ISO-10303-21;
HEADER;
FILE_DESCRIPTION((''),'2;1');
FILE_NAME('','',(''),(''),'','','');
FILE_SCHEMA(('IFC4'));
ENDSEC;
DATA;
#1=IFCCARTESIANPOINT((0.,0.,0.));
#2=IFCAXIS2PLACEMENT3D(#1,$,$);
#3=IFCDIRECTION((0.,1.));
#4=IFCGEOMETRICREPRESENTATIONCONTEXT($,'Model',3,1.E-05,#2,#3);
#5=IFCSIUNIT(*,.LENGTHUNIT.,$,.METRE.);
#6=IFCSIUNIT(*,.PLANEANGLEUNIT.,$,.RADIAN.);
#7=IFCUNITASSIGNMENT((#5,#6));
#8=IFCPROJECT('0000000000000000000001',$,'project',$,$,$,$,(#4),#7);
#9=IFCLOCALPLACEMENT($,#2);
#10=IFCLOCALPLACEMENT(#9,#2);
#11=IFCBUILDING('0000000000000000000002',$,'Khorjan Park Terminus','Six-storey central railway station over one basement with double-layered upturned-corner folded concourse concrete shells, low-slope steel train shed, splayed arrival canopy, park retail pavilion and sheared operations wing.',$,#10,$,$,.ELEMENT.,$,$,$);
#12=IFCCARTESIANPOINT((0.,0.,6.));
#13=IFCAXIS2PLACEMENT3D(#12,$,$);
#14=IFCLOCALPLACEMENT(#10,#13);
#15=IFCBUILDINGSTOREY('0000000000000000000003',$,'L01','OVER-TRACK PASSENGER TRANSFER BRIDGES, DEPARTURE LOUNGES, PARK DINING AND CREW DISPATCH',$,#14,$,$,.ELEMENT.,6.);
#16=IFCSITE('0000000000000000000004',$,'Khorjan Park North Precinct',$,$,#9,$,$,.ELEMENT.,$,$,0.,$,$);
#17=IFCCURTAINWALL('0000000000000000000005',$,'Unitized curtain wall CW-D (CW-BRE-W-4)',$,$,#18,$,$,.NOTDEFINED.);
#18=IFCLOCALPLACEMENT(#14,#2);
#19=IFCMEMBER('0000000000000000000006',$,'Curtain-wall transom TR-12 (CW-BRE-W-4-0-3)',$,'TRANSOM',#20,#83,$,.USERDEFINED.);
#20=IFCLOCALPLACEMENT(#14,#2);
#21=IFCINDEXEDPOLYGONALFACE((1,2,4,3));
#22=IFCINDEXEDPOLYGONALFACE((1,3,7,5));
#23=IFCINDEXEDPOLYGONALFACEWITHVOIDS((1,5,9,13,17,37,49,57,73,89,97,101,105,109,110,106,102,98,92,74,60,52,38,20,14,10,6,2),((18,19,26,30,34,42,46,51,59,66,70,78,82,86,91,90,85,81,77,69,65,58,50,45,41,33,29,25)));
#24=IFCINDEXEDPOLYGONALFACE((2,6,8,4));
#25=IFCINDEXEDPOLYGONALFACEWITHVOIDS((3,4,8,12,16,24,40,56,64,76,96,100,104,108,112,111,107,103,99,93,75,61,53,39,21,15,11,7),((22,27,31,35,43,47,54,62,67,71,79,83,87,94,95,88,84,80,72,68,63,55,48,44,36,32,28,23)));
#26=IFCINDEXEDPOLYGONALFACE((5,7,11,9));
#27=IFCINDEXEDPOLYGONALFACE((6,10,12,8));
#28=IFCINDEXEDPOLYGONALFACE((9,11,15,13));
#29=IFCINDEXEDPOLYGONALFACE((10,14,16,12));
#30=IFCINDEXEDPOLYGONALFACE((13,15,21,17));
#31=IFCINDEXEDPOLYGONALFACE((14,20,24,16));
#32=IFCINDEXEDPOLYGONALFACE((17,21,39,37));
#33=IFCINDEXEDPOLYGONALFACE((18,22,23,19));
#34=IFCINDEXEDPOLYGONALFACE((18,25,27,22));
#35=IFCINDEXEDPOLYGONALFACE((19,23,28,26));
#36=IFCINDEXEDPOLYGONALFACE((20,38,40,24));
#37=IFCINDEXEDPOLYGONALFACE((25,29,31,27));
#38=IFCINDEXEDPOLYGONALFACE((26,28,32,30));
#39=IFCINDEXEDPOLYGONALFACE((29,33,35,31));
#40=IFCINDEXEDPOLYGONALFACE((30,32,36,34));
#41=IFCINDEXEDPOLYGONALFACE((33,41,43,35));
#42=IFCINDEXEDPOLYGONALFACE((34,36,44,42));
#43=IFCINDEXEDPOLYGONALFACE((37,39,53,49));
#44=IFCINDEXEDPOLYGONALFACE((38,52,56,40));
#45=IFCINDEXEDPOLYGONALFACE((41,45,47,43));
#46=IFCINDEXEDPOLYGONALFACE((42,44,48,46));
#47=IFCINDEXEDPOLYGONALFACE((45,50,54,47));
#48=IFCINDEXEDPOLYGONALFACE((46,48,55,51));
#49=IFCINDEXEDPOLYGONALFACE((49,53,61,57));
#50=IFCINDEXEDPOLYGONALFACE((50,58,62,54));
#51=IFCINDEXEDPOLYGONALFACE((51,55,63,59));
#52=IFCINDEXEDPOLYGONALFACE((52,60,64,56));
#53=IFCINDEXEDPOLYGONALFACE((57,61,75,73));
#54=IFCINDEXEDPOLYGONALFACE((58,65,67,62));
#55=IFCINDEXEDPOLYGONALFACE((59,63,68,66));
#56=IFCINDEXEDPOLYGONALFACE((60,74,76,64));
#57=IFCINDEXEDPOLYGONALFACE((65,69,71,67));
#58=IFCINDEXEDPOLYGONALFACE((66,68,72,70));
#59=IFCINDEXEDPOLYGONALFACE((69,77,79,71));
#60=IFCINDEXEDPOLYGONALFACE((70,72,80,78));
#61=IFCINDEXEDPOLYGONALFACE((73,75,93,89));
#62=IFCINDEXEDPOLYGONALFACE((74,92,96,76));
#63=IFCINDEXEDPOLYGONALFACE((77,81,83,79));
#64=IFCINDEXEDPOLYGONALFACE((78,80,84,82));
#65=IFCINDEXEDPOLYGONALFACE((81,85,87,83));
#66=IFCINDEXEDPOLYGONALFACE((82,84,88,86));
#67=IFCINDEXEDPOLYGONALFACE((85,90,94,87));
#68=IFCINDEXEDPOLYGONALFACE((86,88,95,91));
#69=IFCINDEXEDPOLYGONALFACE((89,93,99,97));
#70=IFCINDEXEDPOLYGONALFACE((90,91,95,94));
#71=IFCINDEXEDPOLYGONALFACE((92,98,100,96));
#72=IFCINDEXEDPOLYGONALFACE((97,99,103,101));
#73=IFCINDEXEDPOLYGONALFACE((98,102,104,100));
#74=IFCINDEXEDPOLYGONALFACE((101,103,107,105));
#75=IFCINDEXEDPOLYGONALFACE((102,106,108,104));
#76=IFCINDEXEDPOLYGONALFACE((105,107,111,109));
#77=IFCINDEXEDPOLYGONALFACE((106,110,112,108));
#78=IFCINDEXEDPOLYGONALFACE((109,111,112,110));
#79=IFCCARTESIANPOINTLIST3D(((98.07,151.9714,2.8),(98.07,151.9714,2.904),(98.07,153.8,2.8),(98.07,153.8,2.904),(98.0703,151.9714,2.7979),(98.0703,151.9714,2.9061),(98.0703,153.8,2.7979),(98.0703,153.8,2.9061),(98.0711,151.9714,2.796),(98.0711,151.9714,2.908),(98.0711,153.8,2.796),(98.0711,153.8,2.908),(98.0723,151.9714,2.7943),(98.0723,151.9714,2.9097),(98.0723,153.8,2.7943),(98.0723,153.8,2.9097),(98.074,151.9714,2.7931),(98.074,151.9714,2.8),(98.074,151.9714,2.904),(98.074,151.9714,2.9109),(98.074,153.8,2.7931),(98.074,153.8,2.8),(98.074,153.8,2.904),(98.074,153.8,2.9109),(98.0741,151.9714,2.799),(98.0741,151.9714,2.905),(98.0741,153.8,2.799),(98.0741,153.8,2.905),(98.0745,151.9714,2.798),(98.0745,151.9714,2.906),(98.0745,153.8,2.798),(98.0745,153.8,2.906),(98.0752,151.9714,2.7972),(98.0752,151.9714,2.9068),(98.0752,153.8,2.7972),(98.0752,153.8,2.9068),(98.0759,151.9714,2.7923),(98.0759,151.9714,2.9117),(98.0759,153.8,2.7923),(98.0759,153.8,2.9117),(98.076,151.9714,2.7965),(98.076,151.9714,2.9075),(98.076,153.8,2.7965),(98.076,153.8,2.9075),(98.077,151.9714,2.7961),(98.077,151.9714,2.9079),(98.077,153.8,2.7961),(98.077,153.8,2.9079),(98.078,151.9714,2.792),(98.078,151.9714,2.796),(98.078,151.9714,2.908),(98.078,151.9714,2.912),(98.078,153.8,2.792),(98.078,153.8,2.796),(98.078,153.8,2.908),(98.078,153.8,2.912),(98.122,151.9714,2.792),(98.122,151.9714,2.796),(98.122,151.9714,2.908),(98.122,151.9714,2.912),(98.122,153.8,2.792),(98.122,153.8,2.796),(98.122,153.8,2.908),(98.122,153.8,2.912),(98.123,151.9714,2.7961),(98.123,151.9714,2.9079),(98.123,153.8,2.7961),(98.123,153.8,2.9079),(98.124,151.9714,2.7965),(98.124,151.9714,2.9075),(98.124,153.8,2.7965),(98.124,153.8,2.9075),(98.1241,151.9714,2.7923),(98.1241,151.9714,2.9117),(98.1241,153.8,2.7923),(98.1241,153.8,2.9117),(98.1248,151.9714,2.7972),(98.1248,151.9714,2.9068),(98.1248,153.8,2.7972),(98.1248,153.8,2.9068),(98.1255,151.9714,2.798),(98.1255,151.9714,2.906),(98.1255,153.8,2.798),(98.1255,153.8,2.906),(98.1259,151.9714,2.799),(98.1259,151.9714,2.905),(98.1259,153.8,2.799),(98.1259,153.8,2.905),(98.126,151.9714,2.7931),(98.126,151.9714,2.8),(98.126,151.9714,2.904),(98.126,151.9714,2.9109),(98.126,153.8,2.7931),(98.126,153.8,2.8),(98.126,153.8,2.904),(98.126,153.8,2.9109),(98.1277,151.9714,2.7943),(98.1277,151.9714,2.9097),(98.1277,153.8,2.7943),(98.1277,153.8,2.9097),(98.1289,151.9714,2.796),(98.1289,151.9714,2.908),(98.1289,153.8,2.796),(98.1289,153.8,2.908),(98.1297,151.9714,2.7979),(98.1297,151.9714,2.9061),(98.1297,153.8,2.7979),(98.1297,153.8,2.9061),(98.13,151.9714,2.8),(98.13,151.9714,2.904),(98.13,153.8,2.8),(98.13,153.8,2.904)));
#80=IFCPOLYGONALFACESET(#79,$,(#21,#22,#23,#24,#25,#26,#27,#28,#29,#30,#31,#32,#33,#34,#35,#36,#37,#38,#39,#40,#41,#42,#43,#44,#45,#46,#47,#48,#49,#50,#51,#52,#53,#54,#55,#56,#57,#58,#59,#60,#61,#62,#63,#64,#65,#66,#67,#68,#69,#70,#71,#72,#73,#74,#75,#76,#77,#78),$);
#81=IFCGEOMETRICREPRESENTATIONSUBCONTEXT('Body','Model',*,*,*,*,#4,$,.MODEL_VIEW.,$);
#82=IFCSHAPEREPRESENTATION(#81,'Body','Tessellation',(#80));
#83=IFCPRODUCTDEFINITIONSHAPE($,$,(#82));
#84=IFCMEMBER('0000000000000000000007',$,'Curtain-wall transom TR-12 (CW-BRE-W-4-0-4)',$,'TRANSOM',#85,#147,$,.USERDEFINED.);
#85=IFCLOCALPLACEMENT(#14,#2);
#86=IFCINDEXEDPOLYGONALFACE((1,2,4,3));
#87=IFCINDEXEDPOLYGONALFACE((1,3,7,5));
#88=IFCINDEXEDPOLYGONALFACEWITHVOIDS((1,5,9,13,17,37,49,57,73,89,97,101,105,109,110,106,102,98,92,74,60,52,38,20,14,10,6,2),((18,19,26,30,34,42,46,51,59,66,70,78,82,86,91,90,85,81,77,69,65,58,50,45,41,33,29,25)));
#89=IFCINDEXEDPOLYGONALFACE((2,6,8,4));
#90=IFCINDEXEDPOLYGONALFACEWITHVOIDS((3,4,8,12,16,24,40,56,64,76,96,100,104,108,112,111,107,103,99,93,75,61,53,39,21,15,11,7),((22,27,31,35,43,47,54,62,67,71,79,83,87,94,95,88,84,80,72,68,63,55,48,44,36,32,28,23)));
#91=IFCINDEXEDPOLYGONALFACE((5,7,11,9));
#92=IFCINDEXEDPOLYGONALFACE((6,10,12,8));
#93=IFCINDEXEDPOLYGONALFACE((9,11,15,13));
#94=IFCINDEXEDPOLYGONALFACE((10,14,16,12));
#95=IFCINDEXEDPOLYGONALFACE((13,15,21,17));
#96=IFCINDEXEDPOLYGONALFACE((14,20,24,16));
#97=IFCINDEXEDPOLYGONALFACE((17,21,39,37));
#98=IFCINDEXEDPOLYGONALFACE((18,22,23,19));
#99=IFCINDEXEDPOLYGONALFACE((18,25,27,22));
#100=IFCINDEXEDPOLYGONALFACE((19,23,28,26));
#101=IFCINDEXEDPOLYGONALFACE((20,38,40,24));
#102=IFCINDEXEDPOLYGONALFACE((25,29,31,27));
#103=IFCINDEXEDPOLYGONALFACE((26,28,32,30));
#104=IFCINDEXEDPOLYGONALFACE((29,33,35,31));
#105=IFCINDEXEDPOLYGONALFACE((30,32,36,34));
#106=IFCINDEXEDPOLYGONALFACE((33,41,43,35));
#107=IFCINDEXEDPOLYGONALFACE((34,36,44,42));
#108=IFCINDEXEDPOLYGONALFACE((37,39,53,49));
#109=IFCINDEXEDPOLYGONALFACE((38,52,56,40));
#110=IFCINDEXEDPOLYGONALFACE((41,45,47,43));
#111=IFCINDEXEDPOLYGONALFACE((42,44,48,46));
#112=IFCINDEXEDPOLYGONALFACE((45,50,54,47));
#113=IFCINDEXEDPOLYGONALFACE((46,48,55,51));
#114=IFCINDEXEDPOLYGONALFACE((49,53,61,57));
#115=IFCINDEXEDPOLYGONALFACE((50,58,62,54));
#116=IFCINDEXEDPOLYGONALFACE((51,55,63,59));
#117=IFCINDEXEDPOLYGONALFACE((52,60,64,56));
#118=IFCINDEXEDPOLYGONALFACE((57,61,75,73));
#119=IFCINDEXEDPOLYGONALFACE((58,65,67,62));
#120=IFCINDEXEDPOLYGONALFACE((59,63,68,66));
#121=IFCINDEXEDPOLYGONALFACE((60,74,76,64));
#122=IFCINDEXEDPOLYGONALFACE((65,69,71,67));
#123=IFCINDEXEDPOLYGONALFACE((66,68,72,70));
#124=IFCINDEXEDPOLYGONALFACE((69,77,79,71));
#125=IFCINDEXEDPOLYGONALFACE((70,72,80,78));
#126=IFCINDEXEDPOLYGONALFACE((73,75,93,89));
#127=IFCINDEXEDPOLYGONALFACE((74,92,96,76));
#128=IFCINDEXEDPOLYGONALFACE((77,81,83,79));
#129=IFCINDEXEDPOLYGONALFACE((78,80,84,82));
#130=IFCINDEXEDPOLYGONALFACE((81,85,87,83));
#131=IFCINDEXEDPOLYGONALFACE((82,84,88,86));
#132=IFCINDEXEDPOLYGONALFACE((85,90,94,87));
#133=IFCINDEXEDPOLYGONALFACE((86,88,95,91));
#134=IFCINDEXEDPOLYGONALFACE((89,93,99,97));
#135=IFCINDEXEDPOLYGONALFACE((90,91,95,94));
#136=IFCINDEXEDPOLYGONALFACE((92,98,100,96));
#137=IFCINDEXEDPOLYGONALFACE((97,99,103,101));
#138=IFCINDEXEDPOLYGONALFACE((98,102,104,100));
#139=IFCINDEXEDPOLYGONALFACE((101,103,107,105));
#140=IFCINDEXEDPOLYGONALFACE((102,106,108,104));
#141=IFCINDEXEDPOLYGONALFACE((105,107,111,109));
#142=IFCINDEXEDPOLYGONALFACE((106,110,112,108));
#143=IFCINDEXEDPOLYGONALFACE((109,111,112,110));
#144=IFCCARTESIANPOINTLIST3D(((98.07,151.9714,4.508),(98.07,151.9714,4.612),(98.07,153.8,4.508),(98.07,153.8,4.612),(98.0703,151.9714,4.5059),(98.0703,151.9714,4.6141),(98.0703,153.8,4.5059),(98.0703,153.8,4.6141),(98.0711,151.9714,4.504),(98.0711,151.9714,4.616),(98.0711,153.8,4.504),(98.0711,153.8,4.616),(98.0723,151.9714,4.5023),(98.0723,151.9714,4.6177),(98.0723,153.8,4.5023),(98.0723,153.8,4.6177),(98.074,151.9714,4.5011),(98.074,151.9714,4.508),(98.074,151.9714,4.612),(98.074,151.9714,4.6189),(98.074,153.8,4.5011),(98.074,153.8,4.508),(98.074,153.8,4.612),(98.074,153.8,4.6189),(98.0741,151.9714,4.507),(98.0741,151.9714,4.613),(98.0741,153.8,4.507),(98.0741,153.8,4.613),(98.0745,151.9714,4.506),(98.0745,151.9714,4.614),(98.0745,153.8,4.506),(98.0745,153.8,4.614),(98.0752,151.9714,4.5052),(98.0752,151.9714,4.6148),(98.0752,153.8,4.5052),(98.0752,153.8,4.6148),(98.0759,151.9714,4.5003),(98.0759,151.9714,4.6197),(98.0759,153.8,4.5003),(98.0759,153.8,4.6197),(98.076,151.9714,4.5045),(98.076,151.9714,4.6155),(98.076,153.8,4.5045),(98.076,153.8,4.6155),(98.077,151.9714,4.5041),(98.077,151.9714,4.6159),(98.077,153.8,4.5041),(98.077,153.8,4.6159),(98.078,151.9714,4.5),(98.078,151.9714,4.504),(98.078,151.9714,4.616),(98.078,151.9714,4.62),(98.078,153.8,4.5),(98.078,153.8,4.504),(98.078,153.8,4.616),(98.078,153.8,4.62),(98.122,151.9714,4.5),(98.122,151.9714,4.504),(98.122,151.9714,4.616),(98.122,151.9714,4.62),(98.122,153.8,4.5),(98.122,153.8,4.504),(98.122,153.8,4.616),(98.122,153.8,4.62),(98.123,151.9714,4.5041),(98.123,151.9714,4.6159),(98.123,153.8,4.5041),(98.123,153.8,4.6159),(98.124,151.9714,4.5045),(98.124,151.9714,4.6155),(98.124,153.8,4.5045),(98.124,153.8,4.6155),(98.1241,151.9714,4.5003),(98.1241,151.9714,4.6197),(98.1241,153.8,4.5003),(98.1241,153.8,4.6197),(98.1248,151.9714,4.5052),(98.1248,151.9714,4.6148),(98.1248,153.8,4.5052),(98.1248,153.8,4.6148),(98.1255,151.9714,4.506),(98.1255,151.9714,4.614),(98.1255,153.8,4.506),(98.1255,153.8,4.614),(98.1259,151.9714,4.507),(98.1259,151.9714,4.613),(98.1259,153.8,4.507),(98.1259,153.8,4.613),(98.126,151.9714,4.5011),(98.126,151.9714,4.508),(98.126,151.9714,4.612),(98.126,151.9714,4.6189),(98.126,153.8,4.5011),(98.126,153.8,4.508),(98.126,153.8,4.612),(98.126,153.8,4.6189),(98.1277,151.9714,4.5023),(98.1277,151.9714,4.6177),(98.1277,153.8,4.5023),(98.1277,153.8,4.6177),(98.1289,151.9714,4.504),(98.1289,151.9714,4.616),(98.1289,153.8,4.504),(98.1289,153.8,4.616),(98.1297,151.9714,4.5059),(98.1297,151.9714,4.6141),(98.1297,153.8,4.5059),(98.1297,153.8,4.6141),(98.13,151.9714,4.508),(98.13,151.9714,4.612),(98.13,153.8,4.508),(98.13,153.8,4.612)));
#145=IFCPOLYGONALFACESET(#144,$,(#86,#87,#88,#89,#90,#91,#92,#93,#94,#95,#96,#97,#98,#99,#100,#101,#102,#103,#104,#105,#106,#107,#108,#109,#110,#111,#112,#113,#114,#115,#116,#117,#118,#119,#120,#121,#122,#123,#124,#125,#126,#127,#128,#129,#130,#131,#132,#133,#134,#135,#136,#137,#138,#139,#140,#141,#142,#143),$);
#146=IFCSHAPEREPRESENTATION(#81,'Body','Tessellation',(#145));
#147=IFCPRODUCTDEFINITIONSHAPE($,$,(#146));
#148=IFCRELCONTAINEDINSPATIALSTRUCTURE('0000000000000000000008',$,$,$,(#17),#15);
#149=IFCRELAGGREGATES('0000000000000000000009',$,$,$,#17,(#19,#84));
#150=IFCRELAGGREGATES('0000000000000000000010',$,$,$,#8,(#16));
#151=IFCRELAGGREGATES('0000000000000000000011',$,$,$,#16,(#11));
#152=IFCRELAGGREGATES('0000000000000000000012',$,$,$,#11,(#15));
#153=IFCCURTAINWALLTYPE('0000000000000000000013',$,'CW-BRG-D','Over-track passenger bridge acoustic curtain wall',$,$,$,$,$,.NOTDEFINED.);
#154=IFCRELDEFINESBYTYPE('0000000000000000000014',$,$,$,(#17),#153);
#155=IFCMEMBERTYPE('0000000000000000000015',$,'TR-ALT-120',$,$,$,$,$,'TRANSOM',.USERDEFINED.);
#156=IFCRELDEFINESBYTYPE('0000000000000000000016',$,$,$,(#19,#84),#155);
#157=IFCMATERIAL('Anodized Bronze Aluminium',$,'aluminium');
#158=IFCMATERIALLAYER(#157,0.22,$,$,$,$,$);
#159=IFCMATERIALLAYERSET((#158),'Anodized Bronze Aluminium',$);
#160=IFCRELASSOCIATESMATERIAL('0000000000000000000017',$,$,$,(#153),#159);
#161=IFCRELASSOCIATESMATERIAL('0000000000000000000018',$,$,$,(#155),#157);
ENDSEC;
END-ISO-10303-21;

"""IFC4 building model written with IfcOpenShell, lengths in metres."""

from ifc_helpers import new_model, si_unit, direction, frame, origin, origin_2d, place, context, subcontext, project, spatial, hollow_rectangle, extrude, material, layer, layer_set, material_profile, profile_set, type_object, element, aggregate, save


model = new_model("IFC4")

# Units and contexts
model_context = context("Model", 3, precision=1e-05, world=origin(), true_north=direction((0.0, 1.0)))
body_context = subcontext(model_context, "Body", "Model", "MODEL_VIEW")
ifc_project = project(units=[si_unit("LENGTHUNIT", "METRE"), si_unit("PLANEANGLEUNIT", "RADIAN")], contexts=[model_context])

# Site, building, storey
site_placement = place(None, origin())
site = spatial("IfcSite", under=ifc_project, at=site_placement, Name="Khorjan Park North Precinct", CompositionType="ELEMENT", RefElevation=0.0)
building_placement = place(site_placement, origin())
building = spatial("IfcBuilding", under=site, at=building_placement, Name="Khorjan Park Terminus", Description="Six-storey central railway station over one basement with double-layered upturned-corner folded concourse concrete shells, low-slope steel train shed, splayed arrival canopy, park retail pavilion and sheared operations wing.", CompositionType="ELEMENT")
storey_placement = place(building_placement, frame((0.0, 0.0, 6.0)))
storey = spatial("IfcBuildingStorey", under=building, at=storey_placement, Name="L01", Description="OVER-TRACK PASSENGER TRANSFER BRIDGES, DEPARTURE LOUNGES, PARK DINING AND CREW DISPATCH", CompositionType="ELEMENT", Elevation=6.0)

# Curtain wall, members
ifc_material_1 = material(Name="Anodized Bronze Aluminium", Category="aluminium")
ifc_layer_1 = layer(ifc_material_1, 0.22)
ifc_layer_set_1 = layer_set([ifc_layer_1], Name="Anodized Bronze Aluminium")
curtain_wall_type = type_object("IfcCurtainWallType", Name="CW-BRG-D", Description="Over-track passenger bridge acoustic curtain wall", PredefinedType="NOTDEFINED", material=ifc_layer_set_1)
curtain_wall_1_placement = place(storey_placement, origin())
curtain_wall_1 = element("IfcCurtainWall", 1, at=curtain_wall_1_placement, inside=storey, type_object=curtain_wall_type, Name="Unitized curtain wall CW-D (CW-BRE-W-4)", PredefinedType="NOTDEFINED")
ifc_material_profile_1 = material_profile(ifc_material_1, hollow_rectangle(XDim=0.06, YDim=0.12, WallThickness=0.004, InnerFilletRadius=0.004, OuterFilletRadius=0.008, at=origin_2d()), Name="ALT 60x120x4")
ifc_profile_set_1 = profile_set([ifc_material_profile_1], Name="Anodized Bronze Aluminium")
member_type_1 = type_object("IfcMemberType", Name="TR-ALT-120", ElementType="TRANSOM", PredefinedType="USERDEFINED", material=ifc_profile_set_1)
member_1_placement = place(storey_placement, frame((98.1, 153.8, 2.852), z_axis=(0.0, -1.0, 0.0), x_axis=(1.0, 0.0, 0.0)))
member_1 = element("IfcMember", 2, at=member_1_placement, type_object=member_type_1, Name="Curtain-wall transom TR-12 (CW-BRE-W-4-0-3)", ObjectType="TRANSOM", PredefinedType="USERDEFINED", context=body_context, shape_type="SweptSolid", body=[
    extrude(hollow_rectangle(XDim=0.06, YDim=0.12, WallThickness=0.004, InnerFilletRadius=0.004, OuterFilletRadius=0.008, at=origin_2d()), origin(), (0.0, 0.0, 1.0), 1.8286),
])
member_2_placement = place(storey_placement, frame((98.1, 153.8, 4.56), z_axis=(0.0, -1.0, 0.0), x_axis=(1.0, 0.0, 0.0)))
member_2 = element("IfcMember", 3, at=member_2_placement, type_object=member_type_1, Name="Curtain-wall transom TR-12 (CW-BRE-W-4-0-4)", ObjectType="TRANSOM", PredefinedType="USERDEFINED", context=body_context, shape_type="SweptSolid", body=[
    extrude(hollow_rectangle(XDim=0.06, YDim=0.12, WallThickness=0.004, InnerFilletRadius=0.004, OuterFilletRadius=0.008, at=origin_2d()), origin(), (0.0, 0.0, 1.0), 1.8286),
])

aggregate(curtain_wall_1, [member_1, member_2])

save(model, "model.ifc")
